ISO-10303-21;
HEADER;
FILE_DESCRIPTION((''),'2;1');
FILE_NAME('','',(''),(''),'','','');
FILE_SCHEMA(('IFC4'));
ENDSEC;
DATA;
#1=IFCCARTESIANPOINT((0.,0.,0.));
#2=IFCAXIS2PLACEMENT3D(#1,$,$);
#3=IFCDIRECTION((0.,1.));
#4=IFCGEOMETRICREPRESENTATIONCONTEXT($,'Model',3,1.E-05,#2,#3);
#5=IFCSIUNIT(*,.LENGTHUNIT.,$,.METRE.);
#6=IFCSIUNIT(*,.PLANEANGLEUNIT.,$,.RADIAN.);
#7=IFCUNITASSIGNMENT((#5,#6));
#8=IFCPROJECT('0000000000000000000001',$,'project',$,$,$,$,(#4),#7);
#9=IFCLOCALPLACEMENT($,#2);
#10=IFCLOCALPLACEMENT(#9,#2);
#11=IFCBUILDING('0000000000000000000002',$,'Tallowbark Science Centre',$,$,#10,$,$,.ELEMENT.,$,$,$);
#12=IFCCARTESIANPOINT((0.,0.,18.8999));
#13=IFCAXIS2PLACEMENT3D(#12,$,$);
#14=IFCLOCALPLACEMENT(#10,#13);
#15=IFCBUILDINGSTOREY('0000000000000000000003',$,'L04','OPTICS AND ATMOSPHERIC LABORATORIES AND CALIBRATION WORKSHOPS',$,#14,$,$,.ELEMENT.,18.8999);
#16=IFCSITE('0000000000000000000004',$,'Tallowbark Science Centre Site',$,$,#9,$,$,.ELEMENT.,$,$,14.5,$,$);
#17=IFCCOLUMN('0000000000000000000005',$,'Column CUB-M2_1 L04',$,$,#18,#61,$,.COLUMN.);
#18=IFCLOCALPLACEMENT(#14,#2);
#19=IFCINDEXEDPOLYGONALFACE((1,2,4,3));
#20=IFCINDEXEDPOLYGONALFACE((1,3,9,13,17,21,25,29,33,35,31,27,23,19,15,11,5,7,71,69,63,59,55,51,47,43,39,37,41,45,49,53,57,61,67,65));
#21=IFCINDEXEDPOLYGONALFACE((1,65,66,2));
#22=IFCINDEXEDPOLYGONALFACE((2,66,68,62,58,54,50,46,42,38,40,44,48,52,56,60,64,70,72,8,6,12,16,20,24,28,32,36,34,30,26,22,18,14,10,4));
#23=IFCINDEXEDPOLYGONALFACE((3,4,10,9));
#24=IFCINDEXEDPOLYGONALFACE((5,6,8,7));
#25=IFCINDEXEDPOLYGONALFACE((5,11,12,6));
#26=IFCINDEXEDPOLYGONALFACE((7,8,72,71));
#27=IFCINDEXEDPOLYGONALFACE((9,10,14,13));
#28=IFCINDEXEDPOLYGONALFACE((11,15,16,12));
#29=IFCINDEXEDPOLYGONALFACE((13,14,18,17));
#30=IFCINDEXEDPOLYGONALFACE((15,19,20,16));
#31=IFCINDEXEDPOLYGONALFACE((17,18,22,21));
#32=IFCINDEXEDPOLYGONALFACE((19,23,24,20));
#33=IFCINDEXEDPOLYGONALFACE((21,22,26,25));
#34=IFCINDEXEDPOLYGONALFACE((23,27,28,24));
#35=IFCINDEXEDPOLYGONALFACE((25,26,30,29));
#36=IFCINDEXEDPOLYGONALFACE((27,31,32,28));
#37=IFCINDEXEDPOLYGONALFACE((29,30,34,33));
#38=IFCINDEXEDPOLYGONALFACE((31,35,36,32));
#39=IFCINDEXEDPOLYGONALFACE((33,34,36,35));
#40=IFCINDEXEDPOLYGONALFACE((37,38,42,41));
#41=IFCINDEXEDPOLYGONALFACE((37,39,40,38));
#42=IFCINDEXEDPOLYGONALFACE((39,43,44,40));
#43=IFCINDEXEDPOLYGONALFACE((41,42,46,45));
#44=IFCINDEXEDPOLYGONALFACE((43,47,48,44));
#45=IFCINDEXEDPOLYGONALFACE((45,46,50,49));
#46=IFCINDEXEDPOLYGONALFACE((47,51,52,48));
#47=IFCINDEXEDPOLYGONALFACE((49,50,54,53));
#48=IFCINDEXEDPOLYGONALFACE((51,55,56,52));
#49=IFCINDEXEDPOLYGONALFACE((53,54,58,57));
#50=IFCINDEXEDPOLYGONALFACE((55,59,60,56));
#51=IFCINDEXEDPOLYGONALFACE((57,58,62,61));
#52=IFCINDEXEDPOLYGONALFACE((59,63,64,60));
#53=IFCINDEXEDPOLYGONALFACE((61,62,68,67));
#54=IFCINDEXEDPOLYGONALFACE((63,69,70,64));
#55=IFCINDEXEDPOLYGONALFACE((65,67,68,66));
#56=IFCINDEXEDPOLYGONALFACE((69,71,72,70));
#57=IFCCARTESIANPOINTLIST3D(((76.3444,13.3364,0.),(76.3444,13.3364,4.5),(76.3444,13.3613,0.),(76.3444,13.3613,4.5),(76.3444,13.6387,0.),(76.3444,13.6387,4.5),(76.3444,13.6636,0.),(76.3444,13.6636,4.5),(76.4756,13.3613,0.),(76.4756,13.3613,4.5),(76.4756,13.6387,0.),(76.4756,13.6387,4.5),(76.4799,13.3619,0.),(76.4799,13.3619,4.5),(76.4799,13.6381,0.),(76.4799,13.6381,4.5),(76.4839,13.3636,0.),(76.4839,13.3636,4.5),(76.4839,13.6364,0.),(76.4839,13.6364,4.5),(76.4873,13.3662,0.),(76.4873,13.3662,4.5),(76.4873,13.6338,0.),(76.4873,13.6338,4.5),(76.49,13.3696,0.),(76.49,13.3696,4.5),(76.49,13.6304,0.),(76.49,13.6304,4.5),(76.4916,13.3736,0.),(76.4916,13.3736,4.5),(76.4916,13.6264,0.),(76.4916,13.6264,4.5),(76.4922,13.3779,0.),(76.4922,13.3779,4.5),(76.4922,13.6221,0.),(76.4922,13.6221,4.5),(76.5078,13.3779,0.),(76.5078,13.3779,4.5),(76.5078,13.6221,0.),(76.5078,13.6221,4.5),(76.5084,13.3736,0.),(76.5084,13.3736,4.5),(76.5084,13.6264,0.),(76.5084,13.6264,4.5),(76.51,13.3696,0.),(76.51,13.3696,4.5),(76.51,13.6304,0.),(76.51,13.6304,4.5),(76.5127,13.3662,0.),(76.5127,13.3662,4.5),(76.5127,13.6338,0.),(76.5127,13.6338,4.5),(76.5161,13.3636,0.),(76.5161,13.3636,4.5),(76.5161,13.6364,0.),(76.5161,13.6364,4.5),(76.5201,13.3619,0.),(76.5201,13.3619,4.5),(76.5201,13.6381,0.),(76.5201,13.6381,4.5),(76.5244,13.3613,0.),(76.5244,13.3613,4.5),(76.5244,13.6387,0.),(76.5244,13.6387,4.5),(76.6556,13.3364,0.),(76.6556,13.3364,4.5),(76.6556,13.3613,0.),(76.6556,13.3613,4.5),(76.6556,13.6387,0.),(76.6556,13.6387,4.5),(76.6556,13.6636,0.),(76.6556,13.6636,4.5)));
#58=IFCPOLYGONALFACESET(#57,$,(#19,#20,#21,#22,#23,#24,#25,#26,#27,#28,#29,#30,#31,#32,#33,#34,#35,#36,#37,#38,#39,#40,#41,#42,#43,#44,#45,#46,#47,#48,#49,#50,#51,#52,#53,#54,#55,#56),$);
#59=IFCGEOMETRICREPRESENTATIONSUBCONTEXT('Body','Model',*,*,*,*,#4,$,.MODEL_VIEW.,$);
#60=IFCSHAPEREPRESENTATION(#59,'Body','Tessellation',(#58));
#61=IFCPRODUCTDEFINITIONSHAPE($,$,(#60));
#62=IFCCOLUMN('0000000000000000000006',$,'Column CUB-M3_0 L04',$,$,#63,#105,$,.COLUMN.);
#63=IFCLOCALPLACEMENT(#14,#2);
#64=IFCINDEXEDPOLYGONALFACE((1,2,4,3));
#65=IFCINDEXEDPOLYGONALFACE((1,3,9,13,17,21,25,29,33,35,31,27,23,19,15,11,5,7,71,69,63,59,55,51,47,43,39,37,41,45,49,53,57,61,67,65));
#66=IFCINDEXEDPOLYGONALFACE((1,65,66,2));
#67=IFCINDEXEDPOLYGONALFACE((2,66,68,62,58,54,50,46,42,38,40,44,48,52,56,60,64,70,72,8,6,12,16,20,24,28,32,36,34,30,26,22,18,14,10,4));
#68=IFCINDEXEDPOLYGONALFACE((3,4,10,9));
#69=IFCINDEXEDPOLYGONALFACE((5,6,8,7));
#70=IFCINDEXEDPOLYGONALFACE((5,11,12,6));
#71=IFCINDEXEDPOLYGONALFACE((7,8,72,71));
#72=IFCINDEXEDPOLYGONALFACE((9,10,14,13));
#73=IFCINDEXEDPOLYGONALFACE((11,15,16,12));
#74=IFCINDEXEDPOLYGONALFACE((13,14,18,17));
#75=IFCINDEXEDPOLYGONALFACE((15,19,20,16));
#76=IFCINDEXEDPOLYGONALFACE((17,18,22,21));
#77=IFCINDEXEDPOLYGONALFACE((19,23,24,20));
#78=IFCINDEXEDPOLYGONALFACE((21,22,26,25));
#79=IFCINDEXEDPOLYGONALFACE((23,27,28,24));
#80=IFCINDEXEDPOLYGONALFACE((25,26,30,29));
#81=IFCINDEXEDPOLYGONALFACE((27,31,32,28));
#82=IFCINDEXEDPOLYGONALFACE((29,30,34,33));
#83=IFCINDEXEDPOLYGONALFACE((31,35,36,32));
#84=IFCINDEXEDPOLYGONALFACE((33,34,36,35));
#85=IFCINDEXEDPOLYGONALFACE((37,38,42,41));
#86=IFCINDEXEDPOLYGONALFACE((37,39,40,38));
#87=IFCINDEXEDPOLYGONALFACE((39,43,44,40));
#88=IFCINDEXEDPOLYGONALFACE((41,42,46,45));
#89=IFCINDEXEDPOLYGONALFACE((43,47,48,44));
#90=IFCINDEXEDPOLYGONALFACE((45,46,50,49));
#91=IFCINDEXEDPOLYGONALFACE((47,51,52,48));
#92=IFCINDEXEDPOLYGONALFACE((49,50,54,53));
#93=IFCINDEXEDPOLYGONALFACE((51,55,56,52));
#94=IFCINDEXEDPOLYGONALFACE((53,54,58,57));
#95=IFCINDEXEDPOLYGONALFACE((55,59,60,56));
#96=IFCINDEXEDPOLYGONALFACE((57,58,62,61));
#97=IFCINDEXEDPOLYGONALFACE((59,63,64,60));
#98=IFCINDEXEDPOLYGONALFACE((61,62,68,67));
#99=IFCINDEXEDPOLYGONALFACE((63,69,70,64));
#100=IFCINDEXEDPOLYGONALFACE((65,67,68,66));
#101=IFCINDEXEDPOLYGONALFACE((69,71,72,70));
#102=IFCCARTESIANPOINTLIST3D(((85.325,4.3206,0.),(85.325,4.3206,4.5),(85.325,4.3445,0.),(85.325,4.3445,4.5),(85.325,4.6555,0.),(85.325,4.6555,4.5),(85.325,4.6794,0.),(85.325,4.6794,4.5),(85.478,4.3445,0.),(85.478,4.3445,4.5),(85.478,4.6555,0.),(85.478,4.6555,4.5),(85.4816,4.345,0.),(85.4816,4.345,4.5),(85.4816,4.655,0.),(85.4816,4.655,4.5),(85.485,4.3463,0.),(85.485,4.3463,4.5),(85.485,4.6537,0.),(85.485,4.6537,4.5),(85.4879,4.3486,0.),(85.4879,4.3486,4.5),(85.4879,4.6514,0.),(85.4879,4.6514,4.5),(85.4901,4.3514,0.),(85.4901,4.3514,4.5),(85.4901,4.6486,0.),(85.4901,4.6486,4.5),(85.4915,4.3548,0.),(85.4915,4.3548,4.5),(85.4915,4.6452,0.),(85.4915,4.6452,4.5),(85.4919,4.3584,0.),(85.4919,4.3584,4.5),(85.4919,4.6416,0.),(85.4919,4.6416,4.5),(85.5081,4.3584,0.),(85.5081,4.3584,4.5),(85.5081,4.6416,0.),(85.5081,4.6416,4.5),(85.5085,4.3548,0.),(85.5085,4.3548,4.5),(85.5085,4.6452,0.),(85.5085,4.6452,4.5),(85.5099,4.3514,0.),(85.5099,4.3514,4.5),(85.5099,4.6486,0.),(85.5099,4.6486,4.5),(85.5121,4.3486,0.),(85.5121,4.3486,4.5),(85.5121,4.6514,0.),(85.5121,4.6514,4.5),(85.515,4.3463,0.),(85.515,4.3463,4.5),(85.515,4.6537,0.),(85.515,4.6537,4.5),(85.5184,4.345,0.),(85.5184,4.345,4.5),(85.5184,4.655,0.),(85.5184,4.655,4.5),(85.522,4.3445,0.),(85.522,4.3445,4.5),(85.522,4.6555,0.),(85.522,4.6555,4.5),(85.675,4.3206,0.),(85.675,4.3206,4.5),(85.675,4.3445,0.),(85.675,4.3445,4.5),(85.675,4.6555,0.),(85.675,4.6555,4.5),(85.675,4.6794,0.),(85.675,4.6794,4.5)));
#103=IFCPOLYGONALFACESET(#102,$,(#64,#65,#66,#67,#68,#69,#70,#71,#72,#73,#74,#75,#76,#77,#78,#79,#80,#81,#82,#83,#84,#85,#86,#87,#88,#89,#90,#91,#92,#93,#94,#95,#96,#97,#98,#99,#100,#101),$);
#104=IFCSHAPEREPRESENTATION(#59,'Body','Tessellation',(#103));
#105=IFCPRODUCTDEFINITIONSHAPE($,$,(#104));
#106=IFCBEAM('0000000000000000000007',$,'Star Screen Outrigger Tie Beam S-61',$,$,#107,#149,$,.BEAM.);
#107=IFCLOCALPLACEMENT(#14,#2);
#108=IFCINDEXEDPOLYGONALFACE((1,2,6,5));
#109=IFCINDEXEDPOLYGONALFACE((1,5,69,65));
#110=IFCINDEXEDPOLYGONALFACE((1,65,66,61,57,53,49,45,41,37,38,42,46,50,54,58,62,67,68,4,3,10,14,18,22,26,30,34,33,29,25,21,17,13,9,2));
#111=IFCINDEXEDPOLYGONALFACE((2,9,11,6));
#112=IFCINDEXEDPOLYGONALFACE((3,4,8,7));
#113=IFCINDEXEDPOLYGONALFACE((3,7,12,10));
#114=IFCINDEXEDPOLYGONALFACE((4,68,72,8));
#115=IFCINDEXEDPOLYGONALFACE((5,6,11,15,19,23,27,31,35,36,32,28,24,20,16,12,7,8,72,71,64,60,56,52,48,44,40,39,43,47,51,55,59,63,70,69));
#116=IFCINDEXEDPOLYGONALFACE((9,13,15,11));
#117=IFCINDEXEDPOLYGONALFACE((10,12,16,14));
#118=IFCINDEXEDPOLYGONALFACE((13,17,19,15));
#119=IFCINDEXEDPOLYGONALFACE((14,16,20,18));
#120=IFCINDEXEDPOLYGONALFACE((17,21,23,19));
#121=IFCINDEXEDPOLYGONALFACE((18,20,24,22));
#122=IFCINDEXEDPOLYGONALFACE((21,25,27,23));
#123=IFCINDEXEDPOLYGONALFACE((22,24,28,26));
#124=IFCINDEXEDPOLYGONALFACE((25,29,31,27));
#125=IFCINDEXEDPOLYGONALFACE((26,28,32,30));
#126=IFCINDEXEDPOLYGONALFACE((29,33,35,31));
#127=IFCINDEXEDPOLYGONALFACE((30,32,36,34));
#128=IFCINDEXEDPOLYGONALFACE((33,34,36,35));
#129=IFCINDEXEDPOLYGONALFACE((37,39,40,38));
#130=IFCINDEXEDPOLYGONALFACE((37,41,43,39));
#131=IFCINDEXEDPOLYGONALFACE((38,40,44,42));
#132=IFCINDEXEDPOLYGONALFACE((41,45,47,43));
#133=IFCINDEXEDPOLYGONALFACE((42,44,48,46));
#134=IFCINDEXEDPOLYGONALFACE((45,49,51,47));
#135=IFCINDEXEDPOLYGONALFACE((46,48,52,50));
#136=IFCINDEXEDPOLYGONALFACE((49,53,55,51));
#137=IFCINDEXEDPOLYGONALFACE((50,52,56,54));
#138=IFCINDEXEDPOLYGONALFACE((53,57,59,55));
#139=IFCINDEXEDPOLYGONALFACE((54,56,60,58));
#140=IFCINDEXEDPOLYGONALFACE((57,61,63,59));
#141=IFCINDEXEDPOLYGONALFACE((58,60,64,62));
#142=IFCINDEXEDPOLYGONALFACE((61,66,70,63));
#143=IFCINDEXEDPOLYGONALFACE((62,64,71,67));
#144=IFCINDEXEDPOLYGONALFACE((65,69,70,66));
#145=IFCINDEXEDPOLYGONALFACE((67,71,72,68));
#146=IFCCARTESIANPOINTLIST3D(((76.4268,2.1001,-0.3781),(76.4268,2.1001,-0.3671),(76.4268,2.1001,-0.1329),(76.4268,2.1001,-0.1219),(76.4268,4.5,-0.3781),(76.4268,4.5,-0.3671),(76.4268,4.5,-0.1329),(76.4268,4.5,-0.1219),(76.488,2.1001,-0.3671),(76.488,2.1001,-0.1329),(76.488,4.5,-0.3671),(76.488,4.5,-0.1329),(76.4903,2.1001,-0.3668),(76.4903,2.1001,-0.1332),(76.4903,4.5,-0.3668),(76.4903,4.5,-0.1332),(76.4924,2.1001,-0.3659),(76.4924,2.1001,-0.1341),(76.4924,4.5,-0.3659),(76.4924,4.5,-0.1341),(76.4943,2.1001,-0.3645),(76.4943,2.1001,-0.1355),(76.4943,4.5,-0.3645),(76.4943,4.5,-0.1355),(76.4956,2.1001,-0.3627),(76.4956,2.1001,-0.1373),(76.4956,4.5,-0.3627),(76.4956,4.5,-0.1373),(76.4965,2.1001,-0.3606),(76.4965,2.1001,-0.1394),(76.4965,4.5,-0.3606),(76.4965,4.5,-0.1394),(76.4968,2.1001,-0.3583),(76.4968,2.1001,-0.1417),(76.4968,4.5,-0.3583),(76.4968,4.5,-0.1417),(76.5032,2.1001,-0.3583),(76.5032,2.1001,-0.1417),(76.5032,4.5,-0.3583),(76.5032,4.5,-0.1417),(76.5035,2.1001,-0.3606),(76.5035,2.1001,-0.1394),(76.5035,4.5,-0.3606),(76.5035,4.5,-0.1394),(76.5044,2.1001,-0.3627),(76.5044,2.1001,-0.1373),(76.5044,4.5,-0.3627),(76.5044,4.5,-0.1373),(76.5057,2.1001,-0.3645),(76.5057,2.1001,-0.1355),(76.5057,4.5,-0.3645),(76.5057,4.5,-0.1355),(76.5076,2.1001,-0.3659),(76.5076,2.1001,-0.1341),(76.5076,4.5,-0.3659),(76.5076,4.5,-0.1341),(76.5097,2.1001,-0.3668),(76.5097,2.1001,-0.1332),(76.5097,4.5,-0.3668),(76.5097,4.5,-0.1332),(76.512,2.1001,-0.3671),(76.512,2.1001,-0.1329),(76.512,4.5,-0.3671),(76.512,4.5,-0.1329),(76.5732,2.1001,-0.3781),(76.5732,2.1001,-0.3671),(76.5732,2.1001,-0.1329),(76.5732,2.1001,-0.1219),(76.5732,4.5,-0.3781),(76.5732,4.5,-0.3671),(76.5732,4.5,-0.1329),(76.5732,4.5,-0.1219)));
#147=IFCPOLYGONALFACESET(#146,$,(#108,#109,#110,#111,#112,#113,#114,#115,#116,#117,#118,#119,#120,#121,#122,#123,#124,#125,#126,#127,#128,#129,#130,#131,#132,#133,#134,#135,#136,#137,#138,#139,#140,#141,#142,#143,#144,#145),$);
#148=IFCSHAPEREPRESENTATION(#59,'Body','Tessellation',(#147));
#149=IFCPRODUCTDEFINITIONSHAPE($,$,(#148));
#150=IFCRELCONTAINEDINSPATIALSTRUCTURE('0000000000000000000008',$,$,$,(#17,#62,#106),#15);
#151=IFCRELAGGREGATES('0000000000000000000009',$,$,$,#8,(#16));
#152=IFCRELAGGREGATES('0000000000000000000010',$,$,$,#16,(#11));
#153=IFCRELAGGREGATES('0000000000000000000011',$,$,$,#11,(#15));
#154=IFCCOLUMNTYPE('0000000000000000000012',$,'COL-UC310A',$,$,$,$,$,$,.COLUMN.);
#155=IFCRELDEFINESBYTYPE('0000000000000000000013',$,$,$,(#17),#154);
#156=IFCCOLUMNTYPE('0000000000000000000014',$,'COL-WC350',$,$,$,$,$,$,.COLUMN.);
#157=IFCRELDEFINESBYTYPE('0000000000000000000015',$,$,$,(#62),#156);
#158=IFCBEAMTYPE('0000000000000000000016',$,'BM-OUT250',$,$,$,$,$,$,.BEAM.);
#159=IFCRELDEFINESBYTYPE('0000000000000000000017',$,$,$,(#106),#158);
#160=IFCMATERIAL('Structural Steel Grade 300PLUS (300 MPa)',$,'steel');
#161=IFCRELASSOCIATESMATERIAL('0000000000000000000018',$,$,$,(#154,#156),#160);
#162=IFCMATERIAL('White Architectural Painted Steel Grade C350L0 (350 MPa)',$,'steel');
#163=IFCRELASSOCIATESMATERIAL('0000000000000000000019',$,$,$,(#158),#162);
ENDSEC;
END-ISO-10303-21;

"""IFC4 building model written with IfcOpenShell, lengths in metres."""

from ifc_helpers import new_model, si_unit, direction, frame, origin, origin_2d, place, context, subcontext, project, spatial, i_section, extrude, material, material_profile, profile_set, type_object, element, save


model = new_model("IFC4")

# Units and contexts
model_context = context("Model", 3, precision=1e-05, world=origin(), true_north=direction((0.0, 1.0)))
body_context = subcontext(model_context, "Body", "Model", "MODEL_VIEW")
ifc_project = project(units=[si_unit("LENGTHUNIT", "METRE"), si_unit("PLANEANGLEUNIT", "RADIAN")], contexts=[model_context])

# Site, building, storey
site_placement = place(None, origin())
site = spatial("IfcSite", under=ifc_project, at=site_placement, Name="Tallowbark Science Centre Site", CompositionType="ELEMENT", RefElevation=14.5)
building_placement = place(site_placement, origin())
building = spatial("IfcBuilding", under=site, at=building_placement, Name="Tallowbark Science Centre", CompositionType="ELEMENT")
storey_placement = place(building_placement, frame((0.0, 0.0, 18.8999)))
storey = spatial("IfcBuildingStorey", under=building, at=storey_placement, Name="L04", Description="OPTICS AND ATMOSPHERIC LABORATORIES AND CALIBRATION WORKSHOPS", CompositionType="ELEMENT", Elevation=18.8999)

# Columns
ifc_material_1 = material(Name="Structural Steel Grade 300PLUS (300 MPa)", Category="steel")
ifc_material_profile_1 = material_profile(ifc_material_1, i_section(OverallWidth=0.3113, OverallDepth=0.3271, WebThickness=0.0156, FlangeThickness=0.0249, FilletRadius=0.0166, at=origin_2d()), Name="310UC158")
ifc_profile_set_1 = profile_set([ifc_material_profile_1], Name="Structural Steel Grade 300PLUS (300 MPa)")
column_type_1 = type_object("IfcColumnType", Name="COL-UC310A", PredefinedType="COLUMN", material=ifc_profile_set_1)
column_1_placement = place(storey_placement, frame((76.5, 13.5, 0.0), z_axis=(0.0, 0.0, 1.0), x_axis=(1.0, 0.0, 0.0)))
element("IfcColumn", 1, at=column_1_placement, inside=storey, type_object=column_type_1, Name="Column CUB-M2_1 L04", PredefinedType="COLUMN", context=body_context, shape_type="SweptSolid", body=[
    extrude(i_section(OverallWidth=0.3113, OverallDepth=0.3271, WebThickness=0.0156, FlangeThickness=0.0249, FilletRadius=0.0166, at=origin_2d()), origin(), (0.0, 0.0, 1.0), 4.5),
])
ifc_material_profile_2 = material_profile(ifc_material_1, i_section(OverallWidth=0.3501, OverallDepth=0.3589, WebThickness=0.0161, FlangeThickness=0.0239, FilletRadius=0.0139, at=origin_2d()), Name="350WC197")
ifc_profile_set_2 = profile_set([ifc_material_profile_2], Name="Structural Steel Grade 300PLUS (300 MPa)")
column_type_2 = type_object("IfcColumnType", Name="COL-WC350", PredefinedType="COLUMN", material=ifc_profile_set_2)
column_2_placement = place(storey_placement, frame((85.5, 4.5, 0.0), z_axis=(0.0, 0.0, 1.0), x_axis=(1.0, 0.0, 0.0)))
element("IfcColumn", 2, at=column_2_placement, inside=storey, type_object=column_type_2, Name="Column CUB-M3_0 L04", PredefinedType="COLUMN", context=body_context, shape_type="SweptSolid", body=[
    extrude(i_section(OverallWidth=0.3501, OverallDepth=0.3589, WebThickness=0.0161, FlangeThickness=0.0239, FilletRadius=0.0139, at=origin_2d()), origin(), (0.0, 0.0, 1.0), 4.5),
])

# Beam
ifc_material_2 = material(Name="White Architectural Painted Steel Grade C350L0 (350 MPa)", Category="steel")
ifc_material_profile_3 = material_profile(ifc_material_2, i_section(OverallWidth=0.1465, OverallDepth=0.2561, WebThickness=0.0063, FlangeThickness=0.011, FilletRadius=0.0088, at=origin_2d()), Name="250UB37.3")
ifc_profile_set_3 = profile_set([ifc_material_profile_3], Name="White Architectural Painted Steel Grade C350L0 (350 MPa)")
beam_type_1 = type_object("IfcBeamType", Name="BM-OUT250", PredefinedType="BEAM", material=ifc_profile_set_3)
beam_1_placement = place(storey_placement, frame((76.5, 4.5, -0.25), z_axis=(0.0, -1.0, 0.0), x_axis=(1.0, 0.0, 0.0)))
element("IfcBeam", 3, at=beam_1_placement, inside=storey, type_object=beam_type_1, Name="Star Screen Outrigger Tie Beam S-61", PredefinedType="BEAM", context=body_context, shape_type="SweptSolid", body=[
    extrude(i_section(OverallWidth=0.1465, OverallDepth=0.2561, WebThickness=0.0063, FlangeThickness=0.011, FilletRadius=0.0088, at=origin_2d()), origin(), (0.0, 0.0, 1.0), 2.3999),
])

save(model, "model.ifc")
